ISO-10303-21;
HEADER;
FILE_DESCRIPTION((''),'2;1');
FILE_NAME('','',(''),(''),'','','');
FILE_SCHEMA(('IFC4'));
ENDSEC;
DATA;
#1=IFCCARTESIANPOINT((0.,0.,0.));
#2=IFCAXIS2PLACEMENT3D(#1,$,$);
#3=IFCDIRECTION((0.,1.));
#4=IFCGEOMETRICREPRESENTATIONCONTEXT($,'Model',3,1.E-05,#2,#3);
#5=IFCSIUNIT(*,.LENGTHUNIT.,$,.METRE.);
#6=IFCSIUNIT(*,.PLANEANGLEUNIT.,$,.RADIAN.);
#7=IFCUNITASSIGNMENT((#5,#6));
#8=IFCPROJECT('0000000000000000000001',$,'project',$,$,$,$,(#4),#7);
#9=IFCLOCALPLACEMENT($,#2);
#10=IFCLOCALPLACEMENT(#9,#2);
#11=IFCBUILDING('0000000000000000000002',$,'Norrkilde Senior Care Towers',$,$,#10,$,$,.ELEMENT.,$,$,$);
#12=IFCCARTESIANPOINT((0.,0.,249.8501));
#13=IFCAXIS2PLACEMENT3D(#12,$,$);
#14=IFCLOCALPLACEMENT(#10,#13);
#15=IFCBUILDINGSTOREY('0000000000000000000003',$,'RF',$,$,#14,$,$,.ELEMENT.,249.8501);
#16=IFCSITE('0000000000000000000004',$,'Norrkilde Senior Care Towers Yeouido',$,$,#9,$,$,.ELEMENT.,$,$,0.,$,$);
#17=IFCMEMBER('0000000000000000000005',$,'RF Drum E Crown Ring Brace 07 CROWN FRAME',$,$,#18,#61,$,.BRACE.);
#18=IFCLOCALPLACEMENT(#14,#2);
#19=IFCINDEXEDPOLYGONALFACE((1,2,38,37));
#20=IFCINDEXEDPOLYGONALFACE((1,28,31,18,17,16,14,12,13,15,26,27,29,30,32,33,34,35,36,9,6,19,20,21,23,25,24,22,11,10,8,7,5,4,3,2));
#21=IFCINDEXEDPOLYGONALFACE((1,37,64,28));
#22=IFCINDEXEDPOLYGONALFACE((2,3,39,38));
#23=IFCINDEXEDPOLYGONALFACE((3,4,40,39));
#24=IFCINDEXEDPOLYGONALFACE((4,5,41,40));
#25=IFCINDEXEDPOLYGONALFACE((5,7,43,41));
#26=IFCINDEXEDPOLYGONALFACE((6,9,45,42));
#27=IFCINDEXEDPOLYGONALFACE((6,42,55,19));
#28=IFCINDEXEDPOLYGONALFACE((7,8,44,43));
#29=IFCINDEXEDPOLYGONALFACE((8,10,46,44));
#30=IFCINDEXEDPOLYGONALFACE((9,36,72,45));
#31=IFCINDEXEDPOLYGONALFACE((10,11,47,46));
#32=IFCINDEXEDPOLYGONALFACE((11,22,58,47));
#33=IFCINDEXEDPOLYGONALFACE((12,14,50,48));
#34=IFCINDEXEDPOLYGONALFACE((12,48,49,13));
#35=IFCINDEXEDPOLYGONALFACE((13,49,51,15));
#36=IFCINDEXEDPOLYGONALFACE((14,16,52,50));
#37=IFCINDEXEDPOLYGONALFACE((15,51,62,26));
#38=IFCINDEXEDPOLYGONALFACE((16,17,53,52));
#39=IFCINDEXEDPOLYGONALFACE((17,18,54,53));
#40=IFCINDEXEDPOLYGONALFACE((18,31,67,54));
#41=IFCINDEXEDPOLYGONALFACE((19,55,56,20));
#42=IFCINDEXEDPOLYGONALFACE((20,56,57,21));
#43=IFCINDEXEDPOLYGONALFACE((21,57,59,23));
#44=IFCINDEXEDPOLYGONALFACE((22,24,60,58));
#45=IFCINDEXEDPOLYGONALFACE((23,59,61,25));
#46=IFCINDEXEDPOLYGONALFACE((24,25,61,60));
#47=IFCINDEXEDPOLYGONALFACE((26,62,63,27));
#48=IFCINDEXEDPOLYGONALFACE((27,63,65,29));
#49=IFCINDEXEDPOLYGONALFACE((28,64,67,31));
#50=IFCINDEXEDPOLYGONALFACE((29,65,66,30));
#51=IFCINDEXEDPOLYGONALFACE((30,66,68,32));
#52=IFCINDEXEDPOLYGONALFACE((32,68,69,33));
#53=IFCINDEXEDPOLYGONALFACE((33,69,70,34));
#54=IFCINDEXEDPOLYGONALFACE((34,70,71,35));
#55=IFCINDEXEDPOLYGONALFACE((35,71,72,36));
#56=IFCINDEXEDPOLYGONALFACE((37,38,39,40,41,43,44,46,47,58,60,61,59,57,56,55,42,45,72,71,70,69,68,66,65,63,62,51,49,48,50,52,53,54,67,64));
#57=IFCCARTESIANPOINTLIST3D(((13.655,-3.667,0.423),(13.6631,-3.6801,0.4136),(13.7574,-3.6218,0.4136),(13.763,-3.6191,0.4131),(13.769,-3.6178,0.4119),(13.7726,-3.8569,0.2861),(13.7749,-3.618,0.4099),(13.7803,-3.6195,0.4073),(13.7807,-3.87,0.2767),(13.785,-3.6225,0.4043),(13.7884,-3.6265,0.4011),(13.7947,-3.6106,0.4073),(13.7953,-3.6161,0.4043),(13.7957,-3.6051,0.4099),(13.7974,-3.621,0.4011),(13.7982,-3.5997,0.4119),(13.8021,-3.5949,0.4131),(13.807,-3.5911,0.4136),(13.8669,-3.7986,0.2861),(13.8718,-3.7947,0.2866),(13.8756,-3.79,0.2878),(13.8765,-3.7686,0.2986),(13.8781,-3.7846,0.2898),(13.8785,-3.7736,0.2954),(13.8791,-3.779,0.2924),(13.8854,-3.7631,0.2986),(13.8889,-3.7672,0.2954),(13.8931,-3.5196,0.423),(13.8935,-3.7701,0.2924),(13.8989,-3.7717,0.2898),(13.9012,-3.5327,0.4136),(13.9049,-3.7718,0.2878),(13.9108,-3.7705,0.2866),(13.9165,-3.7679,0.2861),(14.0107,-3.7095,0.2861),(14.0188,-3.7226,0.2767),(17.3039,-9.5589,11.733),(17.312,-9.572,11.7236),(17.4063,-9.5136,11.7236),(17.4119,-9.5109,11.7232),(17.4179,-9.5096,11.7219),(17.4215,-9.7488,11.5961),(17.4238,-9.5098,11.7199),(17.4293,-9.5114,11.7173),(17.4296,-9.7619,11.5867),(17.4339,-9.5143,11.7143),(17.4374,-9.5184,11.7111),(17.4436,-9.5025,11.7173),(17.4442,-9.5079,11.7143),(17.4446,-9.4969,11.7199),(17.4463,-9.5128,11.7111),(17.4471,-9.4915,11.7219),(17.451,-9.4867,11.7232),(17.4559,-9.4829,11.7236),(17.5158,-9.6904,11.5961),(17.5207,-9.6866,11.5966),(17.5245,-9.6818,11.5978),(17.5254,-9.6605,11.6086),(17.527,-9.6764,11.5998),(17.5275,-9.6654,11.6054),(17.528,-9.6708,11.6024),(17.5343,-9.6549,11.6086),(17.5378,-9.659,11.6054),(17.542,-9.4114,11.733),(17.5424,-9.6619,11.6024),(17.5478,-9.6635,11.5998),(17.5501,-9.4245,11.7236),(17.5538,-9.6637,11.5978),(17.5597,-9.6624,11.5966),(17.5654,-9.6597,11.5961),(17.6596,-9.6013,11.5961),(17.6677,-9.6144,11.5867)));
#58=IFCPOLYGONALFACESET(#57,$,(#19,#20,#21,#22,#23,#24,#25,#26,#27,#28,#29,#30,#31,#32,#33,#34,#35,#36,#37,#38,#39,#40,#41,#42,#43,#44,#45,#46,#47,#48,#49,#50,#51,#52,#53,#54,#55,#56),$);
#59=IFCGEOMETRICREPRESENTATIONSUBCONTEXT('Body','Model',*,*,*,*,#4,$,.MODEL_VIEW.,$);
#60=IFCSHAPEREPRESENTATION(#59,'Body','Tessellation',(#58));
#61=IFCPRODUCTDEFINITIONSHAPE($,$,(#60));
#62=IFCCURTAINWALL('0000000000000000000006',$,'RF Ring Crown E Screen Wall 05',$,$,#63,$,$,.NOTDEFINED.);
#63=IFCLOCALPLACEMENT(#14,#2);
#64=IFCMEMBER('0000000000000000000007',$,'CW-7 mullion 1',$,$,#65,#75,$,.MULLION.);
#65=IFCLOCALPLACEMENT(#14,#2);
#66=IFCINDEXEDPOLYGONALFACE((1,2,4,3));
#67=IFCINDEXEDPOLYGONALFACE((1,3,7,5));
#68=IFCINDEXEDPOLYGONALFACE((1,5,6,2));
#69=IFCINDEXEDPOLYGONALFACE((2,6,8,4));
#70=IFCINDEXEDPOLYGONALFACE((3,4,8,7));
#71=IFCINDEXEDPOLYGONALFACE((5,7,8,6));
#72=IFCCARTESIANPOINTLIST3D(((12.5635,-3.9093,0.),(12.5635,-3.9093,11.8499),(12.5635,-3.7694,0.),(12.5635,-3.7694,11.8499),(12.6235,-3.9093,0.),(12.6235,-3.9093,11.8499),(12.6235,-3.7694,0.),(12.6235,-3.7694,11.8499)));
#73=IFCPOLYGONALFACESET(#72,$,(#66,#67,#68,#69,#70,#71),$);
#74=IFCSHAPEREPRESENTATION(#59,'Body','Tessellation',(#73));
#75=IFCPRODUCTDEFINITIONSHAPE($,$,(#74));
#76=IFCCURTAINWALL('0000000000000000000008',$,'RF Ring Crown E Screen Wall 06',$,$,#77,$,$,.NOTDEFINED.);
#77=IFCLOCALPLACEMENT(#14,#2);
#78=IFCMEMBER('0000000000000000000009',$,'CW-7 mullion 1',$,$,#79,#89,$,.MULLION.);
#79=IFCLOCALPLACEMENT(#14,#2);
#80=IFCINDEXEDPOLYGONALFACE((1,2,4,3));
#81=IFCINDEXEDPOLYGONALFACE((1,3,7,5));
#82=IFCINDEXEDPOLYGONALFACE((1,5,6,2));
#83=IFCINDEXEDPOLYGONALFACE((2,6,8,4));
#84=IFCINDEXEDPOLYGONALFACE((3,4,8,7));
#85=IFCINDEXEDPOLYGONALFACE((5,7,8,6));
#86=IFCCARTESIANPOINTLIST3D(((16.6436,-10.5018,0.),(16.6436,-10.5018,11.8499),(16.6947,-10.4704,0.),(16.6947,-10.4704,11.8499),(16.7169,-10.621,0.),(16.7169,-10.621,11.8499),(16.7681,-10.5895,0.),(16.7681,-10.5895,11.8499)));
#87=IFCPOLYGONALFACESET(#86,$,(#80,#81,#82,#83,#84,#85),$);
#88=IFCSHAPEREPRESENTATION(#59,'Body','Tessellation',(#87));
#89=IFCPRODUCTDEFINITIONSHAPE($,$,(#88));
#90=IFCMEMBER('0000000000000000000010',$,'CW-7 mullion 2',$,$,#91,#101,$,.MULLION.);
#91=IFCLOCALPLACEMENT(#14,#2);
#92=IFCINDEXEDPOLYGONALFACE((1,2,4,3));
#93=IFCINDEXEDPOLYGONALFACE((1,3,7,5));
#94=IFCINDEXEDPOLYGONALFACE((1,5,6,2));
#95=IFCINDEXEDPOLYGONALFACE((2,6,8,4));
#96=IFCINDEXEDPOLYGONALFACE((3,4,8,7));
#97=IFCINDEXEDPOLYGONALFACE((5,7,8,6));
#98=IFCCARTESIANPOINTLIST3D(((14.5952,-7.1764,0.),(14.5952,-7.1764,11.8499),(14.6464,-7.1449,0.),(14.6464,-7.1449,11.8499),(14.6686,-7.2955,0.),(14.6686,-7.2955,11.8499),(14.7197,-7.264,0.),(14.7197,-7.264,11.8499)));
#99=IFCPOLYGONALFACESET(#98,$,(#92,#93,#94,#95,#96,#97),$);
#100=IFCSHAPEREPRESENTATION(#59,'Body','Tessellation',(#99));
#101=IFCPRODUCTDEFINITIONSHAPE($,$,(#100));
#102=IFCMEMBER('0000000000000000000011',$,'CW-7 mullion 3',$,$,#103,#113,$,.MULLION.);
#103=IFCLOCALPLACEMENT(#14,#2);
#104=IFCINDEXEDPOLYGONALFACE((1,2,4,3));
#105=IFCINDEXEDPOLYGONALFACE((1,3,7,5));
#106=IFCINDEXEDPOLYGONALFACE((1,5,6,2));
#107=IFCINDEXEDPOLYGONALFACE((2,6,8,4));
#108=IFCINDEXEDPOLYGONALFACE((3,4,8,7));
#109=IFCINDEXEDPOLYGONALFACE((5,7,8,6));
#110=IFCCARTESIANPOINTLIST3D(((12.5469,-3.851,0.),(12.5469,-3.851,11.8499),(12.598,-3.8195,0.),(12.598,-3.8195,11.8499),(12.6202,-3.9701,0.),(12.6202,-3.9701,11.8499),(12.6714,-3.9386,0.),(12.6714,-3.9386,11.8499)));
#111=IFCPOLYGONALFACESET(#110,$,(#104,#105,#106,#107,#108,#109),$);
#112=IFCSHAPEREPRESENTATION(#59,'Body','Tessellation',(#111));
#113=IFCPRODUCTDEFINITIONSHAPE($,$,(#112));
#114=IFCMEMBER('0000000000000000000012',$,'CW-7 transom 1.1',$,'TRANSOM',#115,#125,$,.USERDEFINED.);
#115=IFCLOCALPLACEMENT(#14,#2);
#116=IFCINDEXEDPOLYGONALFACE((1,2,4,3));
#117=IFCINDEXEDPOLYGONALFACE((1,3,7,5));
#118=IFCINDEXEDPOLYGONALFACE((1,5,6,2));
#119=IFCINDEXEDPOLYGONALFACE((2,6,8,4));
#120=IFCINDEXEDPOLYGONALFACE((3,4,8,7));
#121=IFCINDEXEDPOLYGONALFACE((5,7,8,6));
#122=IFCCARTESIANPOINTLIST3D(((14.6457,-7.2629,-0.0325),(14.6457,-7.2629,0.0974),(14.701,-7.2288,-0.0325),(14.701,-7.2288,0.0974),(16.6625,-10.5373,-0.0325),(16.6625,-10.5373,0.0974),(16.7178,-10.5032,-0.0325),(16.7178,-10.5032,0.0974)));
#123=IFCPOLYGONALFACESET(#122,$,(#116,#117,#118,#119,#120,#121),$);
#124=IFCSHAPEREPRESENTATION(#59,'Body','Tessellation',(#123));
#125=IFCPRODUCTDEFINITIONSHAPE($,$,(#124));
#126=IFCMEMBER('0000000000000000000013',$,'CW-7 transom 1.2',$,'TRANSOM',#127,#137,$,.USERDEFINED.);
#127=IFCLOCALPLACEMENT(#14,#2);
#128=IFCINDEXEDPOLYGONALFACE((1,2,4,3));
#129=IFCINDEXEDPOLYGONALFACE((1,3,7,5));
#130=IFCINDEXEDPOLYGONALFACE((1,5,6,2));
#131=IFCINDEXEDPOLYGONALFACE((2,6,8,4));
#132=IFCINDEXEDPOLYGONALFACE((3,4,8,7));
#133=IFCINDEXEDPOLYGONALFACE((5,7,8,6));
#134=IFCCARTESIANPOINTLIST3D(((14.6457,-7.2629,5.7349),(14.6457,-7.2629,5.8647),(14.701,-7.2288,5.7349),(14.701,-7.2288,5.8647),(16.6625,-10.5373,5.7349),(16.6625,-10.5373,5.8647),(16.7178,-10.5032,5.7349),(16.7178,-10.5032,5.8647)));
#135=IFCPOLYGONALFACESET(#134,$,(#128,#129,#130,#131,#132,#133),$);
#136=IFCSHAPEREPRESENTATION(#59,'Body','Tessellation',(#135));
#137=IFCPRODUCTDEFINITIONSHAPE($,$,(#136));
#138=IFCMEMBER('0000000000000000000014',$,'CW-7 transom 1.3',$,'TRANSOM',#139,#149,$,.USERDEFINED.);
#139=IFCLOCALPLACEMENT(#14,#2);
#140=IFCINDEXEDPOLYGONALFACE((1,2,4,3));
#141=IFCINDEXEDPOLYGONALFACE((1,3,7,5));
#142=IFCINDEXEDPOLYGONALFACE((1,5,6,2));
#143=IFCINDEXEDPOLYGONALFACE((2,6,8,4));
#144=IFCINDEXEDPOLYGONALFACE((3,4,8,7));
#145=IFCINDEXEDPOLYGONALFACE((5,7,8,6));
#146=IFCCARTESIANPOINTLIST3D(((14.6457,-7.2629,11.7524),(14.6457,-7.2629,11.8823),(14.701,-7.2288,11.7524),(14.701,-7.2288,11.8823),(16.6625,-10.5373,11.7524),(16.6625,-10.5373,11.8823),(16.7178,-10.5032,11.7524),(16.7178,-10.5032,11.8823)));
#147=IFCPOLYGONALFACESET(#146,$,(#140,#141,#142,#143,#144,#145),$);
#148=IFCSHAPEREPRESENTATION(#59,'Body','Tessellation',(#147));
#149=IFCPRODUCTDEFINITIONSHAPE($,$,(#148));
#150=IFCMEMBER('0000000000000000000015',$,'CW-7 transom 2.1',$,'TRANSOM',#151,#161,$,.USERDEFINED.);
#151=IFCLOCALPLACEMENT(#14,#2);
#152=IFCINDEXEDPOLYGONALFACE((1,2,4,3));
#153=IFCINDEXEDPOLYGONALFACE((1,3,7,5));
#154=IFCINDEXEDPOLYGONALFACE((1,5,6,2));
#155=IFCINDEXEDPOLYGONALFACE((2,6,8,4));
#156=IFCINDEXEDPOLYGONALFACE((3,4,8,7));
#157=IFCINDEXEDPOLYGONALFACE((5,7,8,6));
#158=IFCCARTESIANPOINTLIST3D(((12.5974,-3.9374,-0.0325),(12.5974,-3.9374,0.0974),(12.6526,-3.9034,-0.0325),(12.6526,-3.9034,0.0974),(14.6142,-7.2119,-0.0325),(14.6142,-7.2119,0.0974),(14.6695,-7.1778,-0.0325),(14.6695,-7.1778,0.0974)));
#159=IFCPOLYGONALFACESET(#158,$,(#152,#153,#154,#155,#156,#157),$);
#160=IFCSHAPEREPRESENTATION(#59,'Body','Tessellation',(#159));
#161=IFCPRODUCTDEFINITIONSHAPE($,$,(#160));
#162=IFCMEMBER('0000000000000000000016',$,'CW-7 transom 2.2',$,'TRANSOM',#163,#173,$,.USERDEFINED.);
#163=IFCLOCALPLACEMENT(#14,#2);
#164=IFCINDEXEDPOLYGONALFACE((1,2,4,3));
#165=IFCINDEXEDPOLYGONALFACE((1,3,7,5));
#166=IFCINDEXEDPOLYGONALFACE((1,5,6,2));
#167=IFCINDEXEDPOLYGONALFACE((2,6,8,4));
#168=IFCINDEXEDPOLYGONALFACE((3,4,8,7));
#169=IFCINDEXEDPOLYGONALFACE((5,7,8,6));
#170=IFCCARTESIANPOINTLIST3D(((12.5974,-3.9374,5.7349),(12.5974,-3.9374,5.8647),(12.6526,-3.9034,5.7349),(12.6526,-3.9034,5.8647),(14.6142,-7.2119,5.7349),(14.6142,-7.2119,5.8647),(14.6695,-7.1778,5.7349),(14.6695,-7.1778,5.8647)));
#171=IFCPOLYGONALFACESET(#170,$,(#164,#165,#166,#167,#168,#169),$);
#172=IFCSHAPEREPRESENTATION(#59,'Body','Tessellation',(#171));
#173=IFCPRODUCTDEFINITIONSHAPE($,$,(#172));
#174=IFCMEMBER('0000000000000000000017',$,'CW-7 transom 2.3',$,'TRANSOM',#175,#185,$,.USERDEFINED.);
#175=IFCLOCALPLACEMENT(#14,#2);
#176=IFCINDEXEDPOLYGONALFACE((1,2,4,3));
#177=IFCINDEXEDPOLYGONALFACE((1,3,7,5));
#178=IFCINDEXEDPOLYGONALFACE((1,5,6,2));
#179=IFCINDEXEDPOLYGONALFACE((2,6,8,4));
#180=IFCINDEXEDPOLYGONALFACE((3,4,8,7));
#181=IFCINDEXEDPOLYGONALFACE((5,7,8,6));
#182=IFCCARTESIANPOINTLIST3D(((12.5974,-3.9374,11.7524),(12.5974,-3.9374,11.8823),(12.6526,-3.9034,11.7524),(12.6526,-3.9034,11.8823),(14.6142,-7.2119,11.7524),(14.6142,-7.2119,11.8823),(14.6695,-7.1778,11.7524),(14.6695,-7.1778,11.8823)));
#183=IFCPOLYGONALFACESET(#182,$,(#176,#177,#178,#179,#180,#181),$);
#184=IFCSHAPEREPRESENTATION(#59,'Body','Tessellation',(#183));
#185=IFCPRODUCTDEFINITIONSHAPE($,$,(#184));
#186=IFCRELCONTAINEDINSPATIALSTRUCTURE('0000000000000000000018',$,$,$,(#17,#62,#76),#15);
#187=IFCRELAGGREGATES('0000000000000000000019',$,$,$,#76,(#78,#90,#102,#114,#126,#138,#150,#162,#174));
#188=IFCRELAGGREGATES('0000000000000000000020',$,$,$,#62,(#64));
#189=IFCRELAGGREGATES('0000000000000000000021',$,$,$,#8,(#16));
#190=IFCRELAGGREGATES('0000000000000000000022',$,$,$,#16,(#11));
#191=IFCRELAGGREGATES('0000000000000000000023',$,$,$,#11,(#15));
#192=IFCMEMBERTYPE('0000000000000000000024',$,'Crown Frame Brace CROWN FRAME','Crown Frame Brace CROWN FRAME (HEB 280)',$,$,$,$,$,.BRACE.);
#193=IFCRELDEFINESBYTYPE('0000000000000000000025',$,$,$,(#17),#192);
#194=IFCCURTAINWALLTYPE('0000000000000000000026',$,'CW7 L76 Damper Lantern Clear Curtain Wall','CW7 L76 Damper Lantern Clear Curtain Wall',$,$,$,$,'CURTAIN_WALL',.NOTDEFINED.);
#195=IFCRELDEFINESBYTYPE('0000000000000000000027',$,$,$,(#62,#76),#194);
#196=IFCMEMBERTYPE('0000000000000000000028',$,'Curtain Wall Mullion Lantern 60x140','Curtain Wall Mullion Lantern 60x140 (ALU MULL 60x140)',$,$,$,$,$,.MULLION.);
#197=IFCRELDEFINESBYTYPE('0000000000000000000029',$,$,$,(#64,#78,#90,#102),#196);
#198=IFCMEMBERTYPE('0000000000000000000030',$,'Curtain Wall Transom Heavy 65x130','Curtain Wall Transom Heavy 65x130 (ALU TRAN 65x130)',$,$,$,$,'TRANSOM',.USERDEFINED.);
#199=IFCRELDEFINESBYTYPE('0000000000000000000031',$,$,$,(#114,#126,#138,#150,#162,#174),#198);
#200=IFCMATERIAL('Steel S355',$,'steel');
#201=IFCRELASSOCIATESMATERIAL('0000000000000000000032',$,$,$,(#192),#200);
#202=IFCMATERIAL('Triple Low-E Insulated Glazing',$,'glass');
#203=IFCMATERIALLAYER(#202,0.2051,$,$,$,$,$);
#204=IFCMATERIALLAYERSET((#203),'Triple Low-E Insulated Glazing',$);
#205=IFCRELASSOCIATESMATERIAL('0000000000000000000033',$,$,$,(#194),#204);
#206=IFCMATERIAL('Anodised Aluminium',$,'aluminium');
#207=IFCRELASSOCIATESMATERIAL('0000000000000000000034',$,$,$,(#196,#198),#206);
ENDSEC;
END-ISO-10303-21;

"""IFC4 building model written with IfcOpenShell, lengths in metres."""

from ifc_helpers import new_model, si_unit, direction, frame, origin, origin_2d, place, context, subcontext, project, spatial, rectangle, i_section, extrude, source, transform, mapped, material, layer, layer_set, material_profile, profile_set, type_object, type_shapes, element, aggregate, save


model = new_model("IFC4")

# Units and contexts
model_context = context("Model", 3, precision=1e-05, world=origin(), true_north=direction((0.0, 1.0)))
body_context = subcontext(model_context, "Body", "Model", "MODEL_VIEW")
ifc_project = project(units=[si_unit("LENGTHUNIT", "METRE"), si_unit("PLANEANGLEUNIT", "RADIAN")], contexts=[model_context])

# Site, building, storey
site_placement = place(None, origin())
site = spatial("IfcSite", under=ifc_project, at=site_placement, Name="Norrkilde Senior Care Towers Yeouido", CompositionType="ELEMENT", RefElevation=0.0)
building_placement = place(site_placement, origin())
building = spatial("IfcBuilding", under=site, at=building_placement, Name="Norrkilde Senior Care Towers", CompositionType="ELEMENT")
storey_placement = place(building_placement, frame((0.0, 0.0, 249.8501)))
storey = spatial("IfcBuildingStorey", under=building, at=storey_placement, Name="RF", CompositionType="ELEMENT", Elevation=249.8501)

# Shared definitions
ifc_material_1 = material(Name="Steel S355", Category="steel")

# Member
ifc_material_profile_1 = material_profile(ifc_material_1, i_section(OverallWidth=0.28, OverallDepth=0.28, WebThickness=0.0105, FlangeThickness=0.0181, FilletRadius=0.0239, at=origin_2d()), Name="HEB 280")
ifc_profile_set_1 = profile_set([ifc_material_profile_1], Name="Steel S355")
member_type_1 = type_object("IfcMemberType", Name="Crown Frame Brace CROWN FRAME", Description="Crown Frame Brace CROWN FRAME (HEB 280)", PredefinedType="BRACE", material=ifc_profile_set_1)
shared_shape_1 = source(origin(), body_context, "Body", "SweptSolid", [
    extrude(i_section(OverallWidth=0.28, OverallDepth=0.28, WebThickness=0.0105, FlangeThickness=0.0181, FilletRadius=0.0239, at=origin_2d()), origin(), (0.0, 0.0, 1.0), 13.2644),
])
type_shapes(member_type_1, [shared_shape_1])
member_1_placement = place(storey_placement, frame((13.8369, -3.6948, 0.3499), z_axis=(0.27509, -0.444183, 0.852659), x_axis=(0.850162, 0.526521, 0.0)))
element("IfcMember", 1, at=member_1_placement, inside=storey, type_object=member_type_1, Name="RF Drum E Crown Ring Brace 07 CROWN FRAME", PredefinedType="BRACE", context=body_context, shape_type="MappedRepresentation", body=[
    mapped(shared_shape_1, transform((0.0, 0.0, 0.0), x_axis=(1.0, 0.0, 0.0), y_axis=(0.0, 1.0, 0.0), z_axis=(0.0, 0.0, 1.0), scale=1.0)),
])

# Curtain wall, member
ifc_material_2 = material(Name="Triple Low-E Insulated Glazing", Category="glass")
ifc_layer_1 = layer(ifc_material_2, 0.2051)
ifc_layer_set_1 = layer_set([ifc_layer_1], Name="Triple Low-E Insulated Glazing")
curtain_wall_type = type_object("IfcCurtainWallType", Name="CW7 L76 Damper Lantern Clear Curtain Wall", Description="CW7 L76 Damper Lantern Clear Curtain Wall", ElementType="CURTAIN_WALL", PredefinedType="NOTDEFINED", material=ifc_layer_set_1)
curtain_wall_1_placement = place(storey_placement, origin())
curtain_wall_1 = element("IfcCurtainWall", 2, at=curtain_wall_1_placement, inside=storey, type_object=curtain_wall_type, Name="RF Ring Crown E Screen Wall 05", PredefinedType="NOTDEFINED")
ifc_material_3 = material(Name="Anodised Aluminium", Category="aluminium")
ifc_material_profile_2 = material_profile(ifc_material_3, rectangle(XDim=0.0601, YDim=0.1399, at=origin_2d()), Name="ALU MULL 60x140")
ifc_profile_set_2 = profile_set([ifc_material_profile_2], Name="Anodised Aluminium")
member_type_2 = type_object("IfcMemberType", Name="Curtain Wall Mullion Lantern 60x140", Description="Curtain Wall Mullion Lantern 60x140 (ALU MULL 60x140)", PredefinedType="MULLION", material=ifc_profile_set_2)
shared_shape_2 = source(origin(), body_context, "Body", "SweptSolid", [
    extrude(rectangle(XDim=0.0601, YDim=0.1399, at=origin_2d()), origin(), (0.0, 0.0, 1.0), 11.8499),
])
type_shapes(member_type_2, [shared_shape_2])
member_2_placement = place(storey_placement, frame((12.5935, -3.8394, 0.0), z_axis=(0.0, 0.0, 1.0), x_axis=(-1.0, 0.0, 0.0)))
member_2 = element("IfcMember", 3, at=member_2_placement, type_object=member_type_2, Name="CW-7 mullion 1", PredefinedType="MULLION", context=body_context, shape_type="MappedRepresentation", body=[
    mapped(shared_shape_2, transform((0.0, 0.0, 0.0), x_axis=(1.0, 0.0, 0.0), y_axis=(0.0, 1.0, 0.0), z_axis=(0.0, 0.0, 1.0), scale=1.0)),
])

# Curtain wall, members
curtain_wall_2_placement = place(storey_placement, origin())
curtain_wall_2 = element("IfcCurtainWall", 4, at=curtain_wall_2_placement, inside=storey, type_object=curtain_wall_type, Name="RF Ring Crown E Screen Wall 06", PredefinedType="NOTDEFINED")
member_3_placement = place(storey_placement, frame((16.7058, -10.5457, 0.0), z_axis=(0.0, 0.0, 1.0), x_axis=(-0.851436, -0.524458, 0.0)))
member_3 = element("IfcMember", 5, at=member_3_placement, type_object=member_type_2, Name="CW-7 mullion 1", PredefinedType="MULLION", context=body_context, shape_type="MappedRepresentation", body=[
    mapped(shared_shape_2, transform((0.0, 0.0, 0.0), x_axis=(1.0, 0.0, 0.0), y_axis=(0.0, 1.0, 0.0), z_axis=(0.0, 0.0, 1.0), scale=1.0)),
])
member_4_placement = place(storey_placement, frame((14.6575, -7.2202, 0.0), z_axis=(0.0, 0.0, 1.0), x_axis=(-0.851436, -0.524458, 0.0)))
member_4 = element("IfcMember", 6, at=member_4_placement, type_object=member_type_2, Name="CW-7 mullion 2", PredefinedType="MULLION", context=body_context, shape_type="MappedRepresentation", body=[
    mapped(shared_shape_2, transform((0.0, 0.0, 0.0), x_axis=(1.0, 0.0, 0.0), y_axis=(0.0, 1.0, 0.0), z_axis=(0.0, 0.0, 1.0), scale=1.0)),
])
member_5_placement = place(storey_placement, frame((12.6091, -3.8948, 0.0), z_axis=(0.0, 0.0, 1.0), x_axis=(-0.851436, -0.524458, 0.0)))
member_5 = element("IfcMember", 7, at=member_5_placement, type_object=member_type_2, Name="CW-7 mullion 3", PredefinedType="MULLION", context=body_context, shape_type="MappedRepresentation", body=[
    mapped(shared_shape_2, transform((0.0, 0.0, 0.0), x_axis=(1.0, 0.0, 0.0), y_axis=(0.0, 1.0, 0.0), z_axis=(0.0, 0.0, 1.0), scale=1.0)),
])
ifc_material_profile_3 = material_profile(ifc_material_3, rectangle(XDim=0.0649, YDim=0.1299, at=origin_2d()), Name="ALU TRAN 65x130")
ifc_profile_set_3 = profile_set([ifc_material_profile_3], Name="Anodised Aluminium")
member_type_3 = type_object("IfcMemberType", Name="Curtain Wall Transom Heavy 65x130", Description="Curtain Wall Transom Heavy 65x130 (ALU TRAN 65x130)", ElementType="TRANSOM", PredefinedType="USERDEFINED", material=ifc_profile_set_3)
shared_shape_3 = source(origin(), body_context, "Body", "SweptSolid", [
    extrude(rectangle(XDim=0.0649, YDim=0.1299, at=origin_2d()), origin(), (0.0, 0.0, 1.0), 3.8457),
])
member_6_placement = place(storey_placement, frame((16.6902, -10.5203, 0.0325), z_axis=(-0.524441, 0.851447, 0.0), x_axis=(-0.851447, -0.524441, 0.0)))
member_6 = element("IfcMember", 8, at=member_6_placement, type_object=member_type_3, Name="CW-7 transom 1.1", ObjectType="TRANSOM", PredefinedType="USERDEFINED", context=body_context, shape_type="MappedRepresentation", body=[
    mapped(shared_shape_3, transform((0.0, 0.0, 0.0), x_axis=(1.0, 0.0, 0.0), y_axis=(0.0, 1.0, 0.0), z_axis=(0.0, 0.0, 1.0), scale=1.0)),
])
member_7_placement = place(storey_placement, frame((16.6902, -10.5203, 5.7998), z_axis=(-0.524441, 0.851447, 0.0), x_axis=(-0.851447, -0.524441, 0.0)))
member_7 = element("IfcMember", 9, at=member_7_placement, type_object=member_type_3, Name="CW-7 transom 1.2", ObjectType="TRANSOM", PredefinedType="USERDEFINED", context=body_context, shape_type="MappedRepresentation", body=[
    mapped(shared_shape_3, transform((0.0, 0.0, 0.0), x_axis=(1.0, 0.0, 0.0), y_axis=(0.0, 1.0, 0.0), z_axis=(0.0, 0.0, 1.0), scale=1.0)),
])
member_8_placement = place(storey_placement, frame((16.6902, -10.5203, 11.8174), z_axis=(-0.524441, 0.851447, 0.0), x_axis=(-0.851447, -0.524441, 0.0)))
member_8 = element("IfcMember", 10, at=member_8_placement, type_object=member_type_3, Name="CW-7 transom 1.3", ObjectType="TRANSOM", PredefinedType="USERDEFINED", context=body_context, shape_type="MappedRepresentation", body=[
    mapped(shared_shape_3, transform((0.0, 0.0, 0.0), x_axis=(1.0, 0.0, 0.0), y_axis=(0.0, 1.0, 0.0), z_axis=(0.0, 0.0, 1.0), scale=1.0)),
])
member_9_placement = place(storey_placement, frame((14.6418, -7.1948, 0.0325), z_axis=(-0.524441, 0.851447, 0.0), x_axis=(-0.851447, -0.524441, 0.0)))
member_9 = element("IfcMember", 11, at=member_9_placement, type_object=member_type_3, Name="CW-7 transom 2.1", ObjectType="TRANSOM", PredefinedType="USERDEFINED", context=body_context, shape_type="MappedRepresentation", body=[
    mapped(shared_shape_3, transform((0.0, 0.0, 0.0), x_axis=(1.0, 0.0, 0.0), y_axis=(0.0, 1.0, 0.0), z_axis=(0.0, 0.0, 1.0), scale=1.0)),
])
member_10_placement = place(storey_placement, frame((14.6418, -7.1948, 5.7998), z_axis=(-0.524441, 0.851447, 0.0), x_axis=(-0.851447, -0.524441, 0.0)))
member_10 = element("IfcMember", 12, at=member_10_placement, type_object=member_type_3, Name="CW-7 transom 2.2", ObjectType="TRANSOM", PredefinedType="USERDEFINED", context=body_context, shape_type="MappedRepresentation", body=[
    mapped(shared_shape_3, transform((0.0, 0.0, 0.0), x_axis=(1.0, 0.0, 0.0), y_axis=(0.0, 1.0, 0.0), z_axis=(0.0, 0.0, 1.0), scale=1.0)),
])
member_11_placement = place(storey_placement, frame((14.6418, -7.1948, 11.8174), z_axis=(-0.524441, 0.851447, 0.0), x_axis=(-0.851447, -0.524441, 0.0)))
member_11 = element("IfcMember", 13, at=member_11_placement, type_object=member_type_3, Name="CW-7 transom 2.3", ObjectType="TRANSOM", PredefinedType="USERDEFINED", context=body_context, shape_type="MappedRepresentation", body=[
    mapped(shared_shape_3, transform((0.0, 0.0, 0.0), x_axis=(1.0, 0.0, 0.0), y_axis=(0.0, 1.0, 0.0), z_axis=(0.0, 0.0, 1.0), scale=1.0)),
])

aggregate(curtain_wall_2, [member_3, member_4, member_5, member_6, member_7, member_8, member_9, member_10, member_11])
aggregate(curtain_wall_1, [member_2])

save(model, "model.ifc")
